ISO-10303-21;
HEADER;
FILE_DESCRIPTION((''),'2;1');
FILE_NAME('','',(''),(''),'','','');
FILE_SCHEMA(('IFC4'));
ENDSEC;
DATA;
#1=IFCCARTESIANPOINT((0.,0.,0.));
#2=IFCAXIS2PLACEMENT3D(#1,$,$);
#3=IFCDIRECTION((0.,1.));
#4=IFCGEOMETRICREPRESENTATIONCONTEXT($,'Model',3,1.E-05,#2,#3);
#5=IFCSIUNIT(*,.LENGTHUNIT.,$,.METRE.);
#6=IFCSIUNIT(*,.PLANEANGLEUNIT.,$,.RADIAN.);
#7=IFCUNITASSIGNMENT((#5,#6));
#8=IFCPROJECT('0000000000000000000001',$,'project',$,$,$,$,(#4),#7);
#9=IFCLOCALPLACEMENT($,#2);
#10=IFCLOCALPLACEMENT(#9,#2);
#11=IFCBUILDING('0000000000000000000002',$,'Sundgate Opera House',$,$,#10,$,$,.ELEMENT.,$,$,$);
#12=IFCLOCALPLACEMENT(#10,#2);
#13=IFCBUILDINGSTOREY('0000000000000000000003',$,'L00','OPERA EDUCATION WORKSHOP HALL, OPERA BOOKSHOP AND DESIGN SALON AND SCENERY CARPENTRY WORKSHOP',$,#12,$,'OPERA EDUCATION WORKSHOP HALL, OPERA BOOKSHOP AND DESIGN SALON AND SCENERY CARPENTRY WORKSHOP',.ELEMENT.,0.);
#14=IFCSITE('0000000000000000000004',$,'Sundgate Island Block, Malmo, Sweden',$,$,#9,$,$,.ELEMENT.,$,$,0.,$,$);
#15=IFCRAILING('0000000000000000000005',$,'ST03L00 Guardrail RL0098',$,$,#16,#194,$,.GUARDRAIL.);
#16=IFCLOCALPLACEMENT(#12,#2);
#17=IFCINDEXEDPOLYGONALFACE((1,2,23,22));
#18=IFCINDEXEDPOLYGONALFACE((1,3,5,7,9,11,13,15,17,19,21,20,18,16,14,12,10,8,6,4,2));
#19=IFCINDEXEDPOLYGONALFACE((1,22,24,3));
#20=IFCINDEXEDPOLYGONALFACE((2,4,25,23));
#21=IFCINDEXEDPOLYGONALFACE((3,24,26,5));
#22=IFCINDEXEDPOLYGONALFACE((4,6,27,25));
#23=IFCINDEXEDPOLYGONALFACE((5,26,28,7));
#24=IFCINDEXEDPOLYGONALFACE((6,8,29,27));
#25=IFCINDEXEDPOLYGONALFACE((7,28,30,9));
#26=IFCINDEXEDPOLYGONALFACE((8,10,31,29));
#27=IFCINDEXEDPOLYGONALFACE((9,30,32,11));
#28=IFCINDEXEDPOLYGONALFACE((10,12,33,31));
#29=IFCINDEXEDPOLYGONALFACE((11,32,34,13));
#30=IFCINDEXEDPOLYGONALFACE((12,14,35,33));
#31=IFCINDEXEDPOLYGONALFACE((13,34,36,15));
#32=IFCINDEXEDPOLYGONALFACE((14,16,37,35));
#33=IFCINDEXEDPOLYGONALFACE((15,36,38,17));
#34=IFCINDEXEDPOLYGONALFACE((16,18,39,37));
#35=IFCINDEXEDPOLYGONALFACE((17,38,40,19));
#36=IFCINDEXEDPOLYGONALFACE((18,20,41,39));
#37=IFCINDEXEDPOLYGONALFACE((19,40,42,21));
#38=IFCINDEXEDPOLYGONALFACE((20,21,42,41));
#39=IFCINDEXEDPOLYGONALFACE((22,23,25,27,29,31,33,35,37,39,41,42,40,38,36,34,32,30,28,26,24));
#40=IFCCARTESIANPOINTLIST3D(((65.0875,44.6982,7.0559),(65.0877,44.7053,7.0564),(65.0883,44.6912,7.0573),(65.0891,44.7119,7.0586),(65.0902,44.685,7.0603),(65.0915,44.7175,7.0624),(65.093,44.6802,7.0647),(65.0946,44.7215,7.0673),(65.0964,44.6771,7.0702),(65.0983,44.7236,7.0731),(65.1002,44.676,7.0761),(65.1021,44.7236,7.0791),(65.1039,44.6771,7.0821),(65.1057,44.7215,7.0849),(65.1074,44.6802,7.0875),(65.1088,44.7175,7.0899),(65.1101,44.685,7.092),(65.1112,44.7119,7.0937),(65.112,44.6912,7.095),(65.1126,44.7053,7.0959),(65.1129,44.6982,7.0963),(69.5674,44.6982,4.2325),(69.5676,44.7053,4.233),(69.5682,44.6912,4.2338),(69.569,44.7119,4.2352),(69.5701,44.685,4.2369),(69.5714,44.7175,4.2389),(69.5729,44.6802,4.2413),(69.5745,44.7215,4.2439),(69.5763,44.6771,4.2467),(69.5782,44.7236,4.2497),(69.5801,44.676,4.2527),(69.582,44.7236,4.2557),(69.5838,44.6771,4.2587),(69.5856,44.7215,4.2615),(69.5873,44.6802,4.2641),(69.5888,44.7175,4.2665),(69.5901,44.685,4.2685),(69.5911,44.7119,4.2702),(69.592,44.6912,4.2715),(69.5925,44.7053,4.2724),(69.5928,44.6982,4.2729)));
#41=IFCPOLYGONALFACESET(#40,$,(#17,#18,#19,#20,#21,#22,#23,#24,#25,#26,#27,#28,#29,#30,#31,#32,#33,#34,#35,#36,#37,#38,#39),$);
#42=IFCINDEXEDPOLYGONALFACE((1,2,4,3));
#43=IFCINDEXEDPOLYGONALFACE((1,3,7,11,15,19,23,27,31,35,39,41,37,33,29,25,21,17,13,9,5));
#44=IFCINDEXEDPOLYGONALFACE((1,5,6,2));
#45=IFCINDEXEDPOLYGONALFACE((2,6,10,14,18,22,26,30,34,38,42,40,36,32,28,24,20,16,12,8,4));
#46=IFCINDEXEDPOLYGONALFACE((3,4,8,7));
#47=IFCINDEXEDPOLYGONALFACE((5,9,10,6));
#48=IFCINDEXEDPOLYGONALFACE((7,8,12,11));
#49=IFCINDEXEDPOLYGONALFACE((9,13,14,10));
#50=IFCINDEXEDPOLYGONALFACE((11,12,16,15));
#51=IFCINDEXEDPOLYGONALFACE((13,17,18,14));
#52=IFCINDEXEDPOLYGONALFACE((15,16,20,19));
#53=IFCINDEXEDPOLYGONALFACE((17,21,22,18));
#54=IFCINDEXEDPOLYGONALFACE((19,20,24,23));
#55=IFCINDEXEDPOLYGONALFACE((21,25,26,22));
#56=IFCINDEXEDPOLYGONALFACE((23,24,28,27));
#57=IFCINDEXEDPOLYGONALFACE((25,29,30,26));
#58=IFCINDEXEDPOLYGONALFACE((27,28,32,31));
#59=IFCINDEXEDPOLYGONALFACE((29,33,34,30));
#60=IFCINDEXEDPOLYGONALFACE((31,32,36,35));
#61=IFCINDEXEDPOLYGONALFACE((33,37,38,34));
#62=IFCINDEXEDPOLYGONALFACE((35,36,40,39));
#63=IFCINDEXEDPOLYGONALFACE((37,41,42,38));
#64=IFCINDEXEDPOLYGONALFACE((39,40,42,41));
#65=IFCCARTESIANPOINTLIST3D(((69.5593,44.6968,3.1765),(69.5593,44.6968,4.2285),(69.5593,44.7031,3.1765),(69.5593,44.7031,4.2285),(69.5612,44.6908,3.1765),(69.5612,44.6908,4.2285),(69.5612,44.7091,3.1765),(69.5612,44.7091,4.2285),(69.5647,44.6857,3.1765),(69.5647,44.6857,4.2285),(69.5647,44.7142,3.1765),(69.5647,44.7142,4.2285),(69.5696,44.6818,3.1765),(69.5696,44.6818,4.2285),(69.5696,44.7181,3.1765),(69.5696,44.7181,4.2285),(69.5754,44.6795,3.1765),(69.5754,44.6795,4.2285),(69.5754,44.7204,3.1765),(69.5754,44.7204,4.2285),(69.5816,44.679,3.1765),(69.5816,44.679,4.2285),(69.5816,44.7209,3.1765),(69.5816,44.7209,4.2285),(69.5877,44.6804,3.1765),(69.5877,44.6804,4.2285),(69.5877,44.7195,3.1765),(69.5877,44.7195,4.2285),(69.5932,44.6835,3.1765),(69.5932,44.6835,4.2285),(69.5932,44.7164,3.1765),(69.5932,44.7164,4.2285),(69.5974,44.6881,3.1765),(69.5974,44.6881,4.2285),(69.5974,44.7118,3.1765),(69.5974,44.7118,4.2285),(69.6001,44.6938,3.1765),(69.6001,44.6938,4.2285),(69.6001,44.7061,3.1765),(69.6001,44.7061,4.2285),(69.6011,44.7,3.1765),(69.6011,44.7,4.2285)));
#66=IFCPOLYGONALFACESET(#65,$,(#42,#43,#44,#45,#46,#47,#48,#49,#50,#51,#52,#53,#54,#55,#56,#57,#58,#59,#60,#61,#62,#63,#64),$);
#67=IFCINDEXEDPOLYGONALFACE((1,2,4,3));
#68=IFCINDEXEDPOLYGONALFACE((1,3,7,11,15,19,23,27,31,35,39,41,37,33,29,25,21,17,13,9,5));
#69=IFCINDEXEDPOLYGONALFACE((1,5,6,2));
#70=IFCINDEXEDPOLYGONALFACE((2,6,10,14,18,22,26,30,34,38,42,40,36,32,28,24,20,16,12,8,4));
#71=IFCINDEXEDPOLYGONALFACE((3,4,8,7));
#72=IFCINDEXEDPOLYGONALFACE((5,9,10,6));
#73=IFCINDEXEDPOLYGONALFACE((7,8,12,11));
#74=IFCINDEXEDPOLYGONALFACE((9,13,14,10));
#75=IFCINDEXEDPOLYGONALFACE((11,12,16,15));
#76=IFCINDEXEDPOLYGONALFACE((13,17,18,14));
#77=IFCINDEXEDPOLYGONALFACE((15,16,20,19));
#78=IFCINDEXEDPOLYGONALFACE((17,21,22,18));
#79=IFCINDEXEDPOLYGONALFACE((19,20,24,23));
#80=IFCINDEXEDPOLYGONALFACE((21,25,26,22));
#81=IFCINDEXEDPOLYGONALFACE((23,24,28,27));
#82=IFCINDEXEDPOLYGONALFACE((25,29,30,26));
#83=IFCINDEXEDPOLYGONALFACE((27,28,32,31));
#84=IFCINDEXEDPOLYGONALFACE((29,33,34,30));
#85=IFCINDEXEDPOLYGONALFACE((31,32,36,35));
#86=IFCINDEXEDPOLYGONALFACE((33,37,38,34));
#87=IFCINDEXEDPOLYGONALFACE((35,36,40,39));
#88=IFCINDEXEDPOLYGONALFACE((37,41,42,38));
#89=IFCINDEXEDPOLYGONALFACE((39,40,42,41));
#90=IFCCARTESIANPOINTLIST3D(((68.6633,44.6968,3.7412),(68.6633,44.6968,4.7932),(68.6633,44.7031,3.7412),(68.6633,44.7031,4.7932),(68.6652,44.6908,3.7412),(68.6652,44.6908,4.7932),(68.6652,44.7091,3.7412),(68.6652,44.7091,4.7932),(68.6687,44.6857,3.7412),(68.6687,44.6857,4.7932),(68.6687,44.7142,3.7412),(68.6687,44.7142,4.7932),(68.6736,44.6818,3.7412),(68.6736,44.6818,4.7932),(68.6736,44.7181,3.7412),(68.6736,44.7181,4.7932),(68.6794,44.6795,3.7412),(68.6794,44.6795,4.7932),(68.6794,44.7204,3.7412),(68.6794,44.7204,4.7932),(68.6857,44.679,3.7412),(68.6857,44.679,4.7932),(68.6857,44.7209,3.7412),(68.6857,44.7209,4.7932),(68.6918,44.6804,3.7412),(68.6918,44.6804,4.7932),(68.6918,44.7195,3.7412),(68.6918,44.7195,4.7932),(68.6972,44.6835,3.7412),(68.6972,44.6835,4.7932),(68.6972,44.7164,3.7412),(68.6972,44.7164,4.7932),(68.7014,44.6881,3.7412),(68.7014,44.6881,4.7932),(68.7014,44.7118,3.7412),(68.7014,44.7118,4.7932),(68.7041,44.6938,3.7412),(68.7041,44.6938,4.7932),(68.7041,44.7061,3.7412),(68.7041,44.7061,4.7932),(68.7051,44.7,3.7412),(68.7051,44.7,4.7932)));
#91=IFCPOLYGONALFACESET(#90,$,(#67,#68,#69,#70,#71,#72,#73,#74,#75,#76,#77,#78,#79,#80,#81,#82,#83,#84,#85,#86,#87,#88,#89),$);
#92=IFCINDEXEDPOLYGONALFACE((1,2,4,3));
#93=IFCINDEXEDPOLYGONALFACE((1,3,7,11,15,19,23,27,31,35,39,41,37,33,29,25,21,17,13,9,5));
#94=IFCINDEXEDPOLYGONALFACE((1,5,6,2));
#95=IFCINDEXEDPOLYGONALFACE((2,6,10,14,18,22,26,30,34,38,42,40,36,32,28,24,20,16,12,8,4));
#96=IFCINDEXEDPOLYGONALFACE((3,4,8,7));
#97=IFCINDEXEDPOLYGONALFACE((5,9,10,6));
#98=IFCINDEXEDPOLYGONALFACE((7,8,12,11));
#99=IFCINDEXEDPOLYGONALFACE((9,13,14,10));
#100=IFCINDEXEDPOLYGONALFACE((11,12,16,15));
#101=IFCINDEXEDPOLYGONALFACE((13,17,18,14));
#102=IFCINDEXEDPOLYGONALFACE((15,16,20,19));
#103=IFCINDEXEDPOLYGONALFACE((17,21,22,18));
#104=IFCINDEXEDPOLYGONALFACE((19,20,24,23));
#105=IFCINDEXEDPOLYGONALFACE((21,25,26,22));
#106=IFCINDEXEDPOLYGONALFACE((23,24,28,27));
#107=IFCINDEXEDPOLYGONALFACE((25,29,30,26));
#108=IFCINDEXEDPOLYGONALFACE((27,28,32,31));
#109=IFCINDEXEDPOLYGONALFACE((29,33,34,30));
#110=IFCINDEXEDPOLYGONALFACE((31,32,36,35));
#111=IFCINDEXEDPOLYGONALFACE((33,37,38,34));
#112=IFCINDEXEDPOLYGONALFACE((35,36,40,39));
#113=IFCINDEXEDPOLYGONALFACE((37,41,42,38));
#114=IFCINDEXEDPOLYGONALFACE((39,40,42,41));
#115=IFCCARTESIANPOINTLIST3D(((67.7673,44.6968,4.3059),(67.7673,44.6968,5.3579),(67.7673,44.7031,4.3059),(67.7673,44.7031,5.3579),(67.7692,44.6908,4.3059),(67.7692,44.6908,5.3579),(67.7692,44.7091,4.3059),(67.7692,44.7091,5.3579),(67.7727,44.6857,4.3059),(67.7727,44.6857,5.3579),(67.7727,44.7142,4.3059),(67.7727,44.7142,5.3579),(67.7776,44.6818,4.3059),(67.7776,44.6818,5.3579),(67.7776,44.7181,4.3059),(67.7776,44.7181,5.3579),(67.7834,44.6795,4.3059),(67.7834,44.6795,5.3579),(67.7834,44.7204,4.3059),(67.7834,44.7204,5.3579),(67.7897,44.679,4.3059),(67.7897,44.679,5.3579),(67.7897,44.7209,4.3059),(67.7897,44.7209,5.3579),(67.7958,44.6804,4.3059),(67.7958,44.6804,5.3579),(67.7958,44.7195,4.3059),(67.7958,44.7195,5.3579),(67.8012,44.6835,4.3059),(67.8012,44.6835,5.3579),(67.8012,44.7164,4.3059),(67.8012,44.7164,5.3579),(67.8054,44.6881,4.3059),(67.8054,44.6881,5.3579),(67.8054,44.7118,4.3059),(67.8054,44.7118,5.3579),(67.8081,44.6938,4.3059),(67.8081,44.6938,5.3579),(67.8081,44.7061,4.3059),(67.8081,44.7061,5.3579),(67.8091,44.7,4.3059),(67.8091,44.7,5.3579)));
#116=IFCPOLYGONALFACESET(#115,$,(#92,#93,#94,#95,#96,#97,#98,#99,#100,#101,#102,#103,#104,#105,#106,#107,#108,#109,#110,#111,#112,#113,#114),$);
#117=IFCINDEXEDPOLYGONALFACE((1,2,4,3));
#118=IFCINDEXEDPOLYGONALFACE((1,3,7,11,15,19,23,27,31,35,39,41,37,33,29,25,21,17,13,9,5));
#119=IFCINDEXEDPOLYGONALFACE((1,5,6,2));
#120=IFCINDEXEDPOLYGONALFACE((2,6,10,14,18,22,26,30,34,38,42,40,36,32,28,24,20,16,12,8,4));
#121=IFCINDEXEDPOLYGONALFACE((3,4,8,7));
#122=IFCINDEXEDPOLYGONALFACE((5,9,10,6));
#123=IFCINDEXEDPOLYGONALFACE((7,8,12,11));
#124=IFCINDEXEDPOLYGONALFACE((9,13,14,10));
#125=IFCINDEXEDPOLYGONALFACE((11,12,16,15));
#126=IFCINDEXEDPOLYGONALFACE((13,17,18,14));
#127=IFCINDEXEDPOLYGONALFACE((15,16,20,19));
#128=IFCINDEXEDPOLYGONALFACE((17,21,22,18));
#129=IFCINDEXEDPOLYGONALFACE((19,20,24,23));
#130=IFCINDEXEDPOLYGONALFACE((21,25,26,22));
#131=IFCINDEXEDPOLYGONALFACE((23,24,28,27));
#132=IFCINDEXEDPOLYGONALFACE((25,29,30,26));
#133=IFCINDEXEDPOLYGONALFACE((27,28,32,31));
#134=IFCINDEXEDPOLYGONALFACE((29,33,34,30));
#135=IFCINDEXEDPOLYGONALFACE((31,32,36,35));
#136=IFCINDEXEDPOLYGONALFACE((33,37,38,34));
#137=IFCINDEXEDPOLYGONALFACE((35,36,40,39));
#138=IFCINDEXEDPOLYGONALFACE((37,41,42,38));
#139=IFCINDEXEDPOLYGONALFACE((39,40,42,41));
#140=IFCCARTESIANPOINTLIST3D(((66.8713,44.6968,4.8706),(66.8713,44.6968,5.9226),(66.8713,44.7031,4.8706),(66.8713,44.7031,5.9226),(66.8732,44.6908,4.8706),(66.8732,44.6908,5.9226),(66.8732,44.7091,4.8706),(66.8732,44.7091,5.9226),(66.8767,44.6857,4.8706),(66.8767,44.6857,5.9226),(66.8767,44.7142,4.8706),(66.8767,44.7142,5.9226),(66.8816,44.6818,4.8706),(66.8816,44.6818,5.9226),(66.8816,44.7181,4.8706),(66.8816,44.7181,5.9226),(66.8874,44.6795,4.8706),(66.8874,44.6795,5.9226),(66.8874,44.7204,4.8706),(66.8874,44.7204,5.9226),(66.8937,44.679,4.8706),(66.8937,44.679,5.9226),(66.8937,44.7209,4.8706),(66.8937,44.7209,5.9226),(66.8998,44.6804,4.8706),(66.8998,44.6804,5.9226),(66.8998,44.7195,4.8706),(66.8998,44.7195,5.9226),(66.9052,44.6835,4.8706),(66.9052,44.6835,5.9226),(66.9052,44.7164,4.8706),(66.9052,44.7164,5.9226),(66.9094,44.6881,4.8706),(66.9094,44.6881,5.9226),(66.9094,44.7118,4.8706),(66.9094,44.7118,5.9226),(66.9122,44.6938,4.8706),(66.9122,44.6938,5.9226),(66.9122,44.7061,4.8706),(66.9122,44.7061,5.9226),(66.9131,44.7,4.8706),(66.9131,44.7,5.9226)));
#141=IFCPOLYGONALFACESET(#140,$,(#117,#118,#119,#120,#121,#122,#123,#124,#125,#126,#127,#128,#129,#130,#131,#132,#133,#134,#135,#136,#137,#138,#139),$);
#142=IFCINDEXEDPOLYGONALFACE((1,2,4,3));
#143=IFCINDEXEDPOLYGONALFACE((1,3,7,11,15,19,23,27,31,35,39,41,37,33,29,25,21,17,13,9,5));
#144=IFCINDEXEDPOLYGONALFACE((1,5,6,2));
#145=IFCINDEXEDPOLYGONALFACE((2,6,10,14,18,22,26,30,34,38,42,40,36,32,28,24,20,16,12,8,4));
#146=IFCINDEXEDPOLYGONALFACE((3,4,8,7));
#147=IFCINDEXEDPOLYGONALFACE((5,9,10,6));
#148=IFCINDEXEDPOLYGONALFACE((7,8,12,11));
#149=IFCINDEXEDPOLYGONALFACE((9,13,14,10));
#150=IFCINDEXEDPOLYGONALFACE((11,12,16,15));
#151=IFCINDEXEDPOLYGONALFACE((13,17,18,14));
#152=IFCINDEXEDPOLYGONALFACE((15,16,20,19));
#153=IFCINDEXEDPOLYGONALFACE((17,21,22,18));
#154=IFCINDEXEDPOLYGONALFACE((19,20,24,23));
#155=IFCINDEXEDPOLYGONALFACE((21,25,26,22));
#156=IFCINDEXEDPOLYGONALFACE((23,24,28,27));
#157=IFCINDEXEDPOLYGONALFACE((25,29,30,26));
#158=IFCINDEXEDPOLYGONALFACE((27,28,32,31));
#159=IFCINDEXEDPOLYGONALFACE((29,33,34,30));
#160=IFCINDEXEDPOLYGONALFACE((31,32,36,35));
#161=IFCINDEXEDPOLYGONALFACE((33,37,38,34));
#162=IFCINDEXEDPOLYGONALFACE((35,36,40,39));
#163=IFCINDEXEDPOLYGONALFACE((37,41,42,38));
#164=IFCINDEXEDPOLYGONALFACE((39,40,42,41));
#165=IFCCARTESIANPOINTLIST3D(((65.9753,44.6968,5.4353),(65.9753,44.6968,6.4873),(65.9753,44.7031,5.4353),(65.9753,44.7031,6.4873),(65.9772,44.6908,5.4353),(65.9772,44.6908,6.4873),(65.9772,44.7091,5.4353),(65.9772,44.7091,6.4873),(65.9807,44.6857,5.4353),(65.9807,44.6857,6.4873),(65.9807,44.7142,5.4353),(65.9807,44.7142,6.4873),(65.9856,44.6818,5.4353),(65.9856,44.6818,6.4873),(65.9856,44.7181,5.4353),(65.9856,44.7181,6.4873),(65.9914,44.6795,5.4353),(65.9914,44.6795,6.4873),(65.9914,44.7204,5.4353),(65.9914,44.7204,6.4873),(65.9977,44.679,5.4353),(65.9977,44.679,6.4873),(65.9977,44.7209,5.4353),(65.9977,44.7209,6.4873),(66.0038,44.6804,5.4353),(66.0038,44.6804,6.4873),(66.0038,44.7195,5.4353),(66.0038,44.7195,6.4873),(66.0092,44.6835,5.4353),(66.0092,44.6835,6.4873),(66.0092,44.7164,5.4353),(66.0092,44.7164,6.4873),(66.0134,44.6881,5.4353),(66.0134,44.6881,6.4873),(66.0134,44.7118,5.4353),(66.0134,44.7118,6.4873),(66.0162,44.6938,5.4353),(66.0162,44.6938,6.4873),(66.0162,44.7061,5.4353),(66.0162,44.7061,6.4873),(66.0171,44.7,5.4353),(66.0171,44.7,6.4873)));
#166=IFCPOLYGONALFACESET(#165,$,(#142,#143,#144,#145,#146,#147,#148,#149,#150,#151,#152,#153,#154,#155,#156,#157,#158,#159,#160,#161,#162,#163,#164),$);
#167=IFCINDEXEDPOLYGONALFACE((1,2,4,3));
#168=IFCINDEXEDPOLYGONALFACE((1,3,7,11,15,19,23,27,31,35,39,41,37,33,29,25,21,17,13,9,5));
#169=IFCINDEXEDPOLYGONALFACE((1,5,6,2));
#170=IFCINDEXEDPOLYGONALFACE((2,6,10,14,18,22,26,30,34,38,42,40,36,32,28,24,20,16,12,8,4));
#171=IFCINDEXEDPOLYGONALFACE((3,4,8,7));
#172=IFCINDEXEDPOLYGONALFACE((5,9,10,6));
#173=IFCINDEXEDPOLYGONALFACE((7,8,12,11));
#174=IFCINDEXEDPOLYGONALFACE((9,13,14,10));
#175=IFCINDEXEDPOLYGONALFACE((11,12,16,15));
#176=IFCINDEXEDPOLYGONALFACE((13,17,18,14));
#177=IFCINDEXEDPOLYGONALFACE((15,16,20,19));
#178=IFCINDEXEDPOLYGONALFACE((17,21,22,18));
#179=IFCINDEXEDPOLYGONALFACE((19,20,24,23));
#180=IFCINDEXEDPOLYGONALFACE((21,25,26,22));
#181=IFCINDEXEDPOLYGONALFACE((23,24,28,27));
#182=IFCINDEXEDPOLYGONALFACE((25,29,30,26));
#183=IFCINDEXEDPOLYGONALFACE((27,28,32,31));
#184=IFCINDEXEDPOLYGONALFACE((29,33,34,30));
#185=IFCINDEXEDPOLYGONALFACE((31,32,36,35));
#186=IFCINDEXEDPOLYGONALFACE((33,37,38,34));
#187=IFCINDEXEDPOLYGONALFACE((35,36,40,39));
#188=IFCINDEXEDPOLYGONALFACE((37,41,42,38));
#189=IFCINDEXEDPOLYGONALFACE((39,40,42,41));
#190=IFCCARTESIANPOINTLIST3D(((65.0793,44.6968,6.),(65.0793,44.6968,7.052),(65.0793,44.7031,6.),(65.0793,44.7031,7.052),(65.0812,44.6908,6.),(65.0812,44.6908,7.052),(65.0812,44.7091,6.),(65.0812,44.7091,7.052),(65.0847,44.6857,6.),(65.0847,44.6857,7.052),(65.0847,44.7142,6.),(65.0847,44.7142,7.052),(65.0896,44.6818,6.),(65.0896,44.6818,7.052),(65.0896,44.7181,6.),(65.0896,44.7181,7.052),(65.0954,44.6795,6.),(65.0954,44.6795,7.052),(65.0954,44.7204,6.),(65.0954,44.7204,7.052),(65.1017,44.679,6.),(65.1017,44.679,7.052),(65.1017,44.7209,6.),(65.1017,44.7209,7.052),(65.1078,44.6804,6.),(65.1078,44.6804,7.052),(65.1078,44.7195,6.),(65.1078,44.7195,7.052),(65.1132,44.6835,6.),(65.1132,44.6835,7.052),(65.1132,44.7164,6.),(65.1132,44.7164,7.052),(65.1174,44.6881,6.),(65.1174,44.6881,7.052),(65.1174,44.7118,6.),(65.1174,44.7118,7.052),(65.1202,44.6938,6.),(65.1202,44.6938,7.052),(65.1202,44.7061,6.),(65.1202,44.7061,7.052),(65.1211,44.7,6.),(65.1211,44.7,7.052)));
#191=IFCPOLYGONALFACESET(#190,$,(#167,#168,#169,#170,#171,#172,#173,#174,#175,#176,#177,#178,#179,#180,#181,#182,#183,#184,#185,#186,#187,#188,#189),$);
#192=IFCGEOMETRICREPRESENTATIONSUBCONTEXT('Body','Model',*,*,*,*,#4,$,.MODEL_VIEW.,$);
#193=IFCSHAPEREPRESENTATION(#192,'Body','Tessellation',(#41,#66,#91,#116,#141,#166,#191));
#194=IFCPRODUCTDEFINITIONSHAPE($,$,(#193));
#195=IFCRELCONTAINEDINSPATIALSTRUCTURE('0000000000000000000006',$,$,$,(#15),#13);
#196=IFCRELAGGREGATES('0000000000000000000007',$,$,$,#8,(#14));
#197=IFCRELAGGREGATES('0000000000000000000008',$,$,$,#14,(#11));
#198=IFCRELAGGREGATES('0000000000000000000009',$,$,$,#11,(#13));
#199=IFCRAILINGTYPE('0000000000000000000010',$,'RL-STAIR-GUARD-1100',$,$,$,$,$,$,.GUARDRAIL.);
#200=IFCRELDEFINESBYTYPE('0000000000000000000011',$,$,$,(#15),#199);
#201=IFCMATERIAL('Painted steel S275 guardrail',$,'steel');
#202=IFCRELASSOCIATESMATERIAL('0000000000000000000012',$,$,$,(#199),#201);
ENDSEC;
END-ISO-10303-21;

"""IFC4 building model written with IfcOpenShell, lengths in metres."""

from ifc_helpers import new_model, si_unit, direction, frame, origin, origin_2d, place, context, subcontext, project, spatial, circle, extrude, material, type_object, element, save


model = new_model("IFC4")

# Units and contexts
model_context = context("Model", 3, precision=1e-05, world=origin(), true_north=direction((0.0, 1.0)))
body_context = subcontext(model_context, "Body", "Model", "MODEL_VIEW")
ifc_project = project(units=[si_unit("LENGTHUNIT", "METRE"), si_unit("PLANEANGLEUNIT", "RADIAN")], contexts=[model_context])

# Site, building, storey
site_placement = place(None, origin())
site = spatial("IfcSite", under=ifc_project, at=site_placement, Name="Sundgate Island Block, Malmo, Sweden", CompositionType="ELEMENT", RefElevation=0.0)
building_placement = place(site_placement, origin())
building = spatial("IfcBuilding", under=site, at=building_placement, Name="Sundgate Opera House", CompositionType="ELEMENT")
storey_placement = place(building_placement, origin())
storey = spatial("IfcBuildingStorey", under=building, at=storey_placement, Name="L00", Description="OPERA EDUCATION WORKSHOP HALL, OPERA BOOKSHOP AND DESIGN SALON AND SCENERY CARPENTRY WORKSHOP", LongName="OPERA EDUCATION WORKSHOP HALL, OPERA BOOKSHOP AND DESIGN SALON AND SCENERY CARPENTRY WORKSHOP", CompositionType="ELEMENT", Elevation=0.0)

# Railing
ifc_material_1 = material(Name="Painted steel S275 guardrail", Category="steel")
railing_type = type_object("IfcRailingType", Name="RL-STAIR-GUARD-1100", PredefinedType="GUARDRAIL", material=ifc_material_1)
railing_1_placement = place(storey_placement, frame((69.5801, 44.7, 3.1765)))
element("IfcRailing", 1, at=railing_1_placement, inside=storey, type_object=railing_type, Name="ST03L00 Guardrail RL0098", PredefinedType="GUARDRAIL", context=body_context, shape_type="SweptSolid", body=[
    extrude(circle(Radius=0.0239, at=origin_2d()), frame((0.0, 0.0, 1.0762), z_axis=(-0.845998, 0.0, 0.533186), x_axis=(0.0, -1.0, 0.0)), (0.0, 0.0, 1.0), 5.2954),
    extrude(circle(Radius=0.021, at=origin_2d()), origin(), (0.0, 0.0, 1.0), 1.052),
    extrude(circle(Radius=0.021, at=origin_2d()), frame((-0.896, 0.0, 0.5647)), (0.0, 0.0, 1.0), 1.052),
    extrude(circle(Radius=0.021, at=origin_2d()), frame((-1.792, 0.0, 1.1294)), (0.0, 0.0, 1.0), 1.052),
    extrude(circle(Radius=0.021, at=origin_2d()), frame((-2.688, 0.0, 1.6941)), (0.0, 0.0, 1.0), 1.052),
    extrude(circle(Radius=0.021, at=origin_2d()), frame((-3.584, 0.0, 2.2588)), (0.0, 0.0, 1.0), 1.052),
    extrude(circle(Radius=0.021, at=origin_2d()), frame((-4.48, 0.0, 2.8235)), (0.0, 0.0, 1.0), 1.052),
])

save(model, "model.ifc")
